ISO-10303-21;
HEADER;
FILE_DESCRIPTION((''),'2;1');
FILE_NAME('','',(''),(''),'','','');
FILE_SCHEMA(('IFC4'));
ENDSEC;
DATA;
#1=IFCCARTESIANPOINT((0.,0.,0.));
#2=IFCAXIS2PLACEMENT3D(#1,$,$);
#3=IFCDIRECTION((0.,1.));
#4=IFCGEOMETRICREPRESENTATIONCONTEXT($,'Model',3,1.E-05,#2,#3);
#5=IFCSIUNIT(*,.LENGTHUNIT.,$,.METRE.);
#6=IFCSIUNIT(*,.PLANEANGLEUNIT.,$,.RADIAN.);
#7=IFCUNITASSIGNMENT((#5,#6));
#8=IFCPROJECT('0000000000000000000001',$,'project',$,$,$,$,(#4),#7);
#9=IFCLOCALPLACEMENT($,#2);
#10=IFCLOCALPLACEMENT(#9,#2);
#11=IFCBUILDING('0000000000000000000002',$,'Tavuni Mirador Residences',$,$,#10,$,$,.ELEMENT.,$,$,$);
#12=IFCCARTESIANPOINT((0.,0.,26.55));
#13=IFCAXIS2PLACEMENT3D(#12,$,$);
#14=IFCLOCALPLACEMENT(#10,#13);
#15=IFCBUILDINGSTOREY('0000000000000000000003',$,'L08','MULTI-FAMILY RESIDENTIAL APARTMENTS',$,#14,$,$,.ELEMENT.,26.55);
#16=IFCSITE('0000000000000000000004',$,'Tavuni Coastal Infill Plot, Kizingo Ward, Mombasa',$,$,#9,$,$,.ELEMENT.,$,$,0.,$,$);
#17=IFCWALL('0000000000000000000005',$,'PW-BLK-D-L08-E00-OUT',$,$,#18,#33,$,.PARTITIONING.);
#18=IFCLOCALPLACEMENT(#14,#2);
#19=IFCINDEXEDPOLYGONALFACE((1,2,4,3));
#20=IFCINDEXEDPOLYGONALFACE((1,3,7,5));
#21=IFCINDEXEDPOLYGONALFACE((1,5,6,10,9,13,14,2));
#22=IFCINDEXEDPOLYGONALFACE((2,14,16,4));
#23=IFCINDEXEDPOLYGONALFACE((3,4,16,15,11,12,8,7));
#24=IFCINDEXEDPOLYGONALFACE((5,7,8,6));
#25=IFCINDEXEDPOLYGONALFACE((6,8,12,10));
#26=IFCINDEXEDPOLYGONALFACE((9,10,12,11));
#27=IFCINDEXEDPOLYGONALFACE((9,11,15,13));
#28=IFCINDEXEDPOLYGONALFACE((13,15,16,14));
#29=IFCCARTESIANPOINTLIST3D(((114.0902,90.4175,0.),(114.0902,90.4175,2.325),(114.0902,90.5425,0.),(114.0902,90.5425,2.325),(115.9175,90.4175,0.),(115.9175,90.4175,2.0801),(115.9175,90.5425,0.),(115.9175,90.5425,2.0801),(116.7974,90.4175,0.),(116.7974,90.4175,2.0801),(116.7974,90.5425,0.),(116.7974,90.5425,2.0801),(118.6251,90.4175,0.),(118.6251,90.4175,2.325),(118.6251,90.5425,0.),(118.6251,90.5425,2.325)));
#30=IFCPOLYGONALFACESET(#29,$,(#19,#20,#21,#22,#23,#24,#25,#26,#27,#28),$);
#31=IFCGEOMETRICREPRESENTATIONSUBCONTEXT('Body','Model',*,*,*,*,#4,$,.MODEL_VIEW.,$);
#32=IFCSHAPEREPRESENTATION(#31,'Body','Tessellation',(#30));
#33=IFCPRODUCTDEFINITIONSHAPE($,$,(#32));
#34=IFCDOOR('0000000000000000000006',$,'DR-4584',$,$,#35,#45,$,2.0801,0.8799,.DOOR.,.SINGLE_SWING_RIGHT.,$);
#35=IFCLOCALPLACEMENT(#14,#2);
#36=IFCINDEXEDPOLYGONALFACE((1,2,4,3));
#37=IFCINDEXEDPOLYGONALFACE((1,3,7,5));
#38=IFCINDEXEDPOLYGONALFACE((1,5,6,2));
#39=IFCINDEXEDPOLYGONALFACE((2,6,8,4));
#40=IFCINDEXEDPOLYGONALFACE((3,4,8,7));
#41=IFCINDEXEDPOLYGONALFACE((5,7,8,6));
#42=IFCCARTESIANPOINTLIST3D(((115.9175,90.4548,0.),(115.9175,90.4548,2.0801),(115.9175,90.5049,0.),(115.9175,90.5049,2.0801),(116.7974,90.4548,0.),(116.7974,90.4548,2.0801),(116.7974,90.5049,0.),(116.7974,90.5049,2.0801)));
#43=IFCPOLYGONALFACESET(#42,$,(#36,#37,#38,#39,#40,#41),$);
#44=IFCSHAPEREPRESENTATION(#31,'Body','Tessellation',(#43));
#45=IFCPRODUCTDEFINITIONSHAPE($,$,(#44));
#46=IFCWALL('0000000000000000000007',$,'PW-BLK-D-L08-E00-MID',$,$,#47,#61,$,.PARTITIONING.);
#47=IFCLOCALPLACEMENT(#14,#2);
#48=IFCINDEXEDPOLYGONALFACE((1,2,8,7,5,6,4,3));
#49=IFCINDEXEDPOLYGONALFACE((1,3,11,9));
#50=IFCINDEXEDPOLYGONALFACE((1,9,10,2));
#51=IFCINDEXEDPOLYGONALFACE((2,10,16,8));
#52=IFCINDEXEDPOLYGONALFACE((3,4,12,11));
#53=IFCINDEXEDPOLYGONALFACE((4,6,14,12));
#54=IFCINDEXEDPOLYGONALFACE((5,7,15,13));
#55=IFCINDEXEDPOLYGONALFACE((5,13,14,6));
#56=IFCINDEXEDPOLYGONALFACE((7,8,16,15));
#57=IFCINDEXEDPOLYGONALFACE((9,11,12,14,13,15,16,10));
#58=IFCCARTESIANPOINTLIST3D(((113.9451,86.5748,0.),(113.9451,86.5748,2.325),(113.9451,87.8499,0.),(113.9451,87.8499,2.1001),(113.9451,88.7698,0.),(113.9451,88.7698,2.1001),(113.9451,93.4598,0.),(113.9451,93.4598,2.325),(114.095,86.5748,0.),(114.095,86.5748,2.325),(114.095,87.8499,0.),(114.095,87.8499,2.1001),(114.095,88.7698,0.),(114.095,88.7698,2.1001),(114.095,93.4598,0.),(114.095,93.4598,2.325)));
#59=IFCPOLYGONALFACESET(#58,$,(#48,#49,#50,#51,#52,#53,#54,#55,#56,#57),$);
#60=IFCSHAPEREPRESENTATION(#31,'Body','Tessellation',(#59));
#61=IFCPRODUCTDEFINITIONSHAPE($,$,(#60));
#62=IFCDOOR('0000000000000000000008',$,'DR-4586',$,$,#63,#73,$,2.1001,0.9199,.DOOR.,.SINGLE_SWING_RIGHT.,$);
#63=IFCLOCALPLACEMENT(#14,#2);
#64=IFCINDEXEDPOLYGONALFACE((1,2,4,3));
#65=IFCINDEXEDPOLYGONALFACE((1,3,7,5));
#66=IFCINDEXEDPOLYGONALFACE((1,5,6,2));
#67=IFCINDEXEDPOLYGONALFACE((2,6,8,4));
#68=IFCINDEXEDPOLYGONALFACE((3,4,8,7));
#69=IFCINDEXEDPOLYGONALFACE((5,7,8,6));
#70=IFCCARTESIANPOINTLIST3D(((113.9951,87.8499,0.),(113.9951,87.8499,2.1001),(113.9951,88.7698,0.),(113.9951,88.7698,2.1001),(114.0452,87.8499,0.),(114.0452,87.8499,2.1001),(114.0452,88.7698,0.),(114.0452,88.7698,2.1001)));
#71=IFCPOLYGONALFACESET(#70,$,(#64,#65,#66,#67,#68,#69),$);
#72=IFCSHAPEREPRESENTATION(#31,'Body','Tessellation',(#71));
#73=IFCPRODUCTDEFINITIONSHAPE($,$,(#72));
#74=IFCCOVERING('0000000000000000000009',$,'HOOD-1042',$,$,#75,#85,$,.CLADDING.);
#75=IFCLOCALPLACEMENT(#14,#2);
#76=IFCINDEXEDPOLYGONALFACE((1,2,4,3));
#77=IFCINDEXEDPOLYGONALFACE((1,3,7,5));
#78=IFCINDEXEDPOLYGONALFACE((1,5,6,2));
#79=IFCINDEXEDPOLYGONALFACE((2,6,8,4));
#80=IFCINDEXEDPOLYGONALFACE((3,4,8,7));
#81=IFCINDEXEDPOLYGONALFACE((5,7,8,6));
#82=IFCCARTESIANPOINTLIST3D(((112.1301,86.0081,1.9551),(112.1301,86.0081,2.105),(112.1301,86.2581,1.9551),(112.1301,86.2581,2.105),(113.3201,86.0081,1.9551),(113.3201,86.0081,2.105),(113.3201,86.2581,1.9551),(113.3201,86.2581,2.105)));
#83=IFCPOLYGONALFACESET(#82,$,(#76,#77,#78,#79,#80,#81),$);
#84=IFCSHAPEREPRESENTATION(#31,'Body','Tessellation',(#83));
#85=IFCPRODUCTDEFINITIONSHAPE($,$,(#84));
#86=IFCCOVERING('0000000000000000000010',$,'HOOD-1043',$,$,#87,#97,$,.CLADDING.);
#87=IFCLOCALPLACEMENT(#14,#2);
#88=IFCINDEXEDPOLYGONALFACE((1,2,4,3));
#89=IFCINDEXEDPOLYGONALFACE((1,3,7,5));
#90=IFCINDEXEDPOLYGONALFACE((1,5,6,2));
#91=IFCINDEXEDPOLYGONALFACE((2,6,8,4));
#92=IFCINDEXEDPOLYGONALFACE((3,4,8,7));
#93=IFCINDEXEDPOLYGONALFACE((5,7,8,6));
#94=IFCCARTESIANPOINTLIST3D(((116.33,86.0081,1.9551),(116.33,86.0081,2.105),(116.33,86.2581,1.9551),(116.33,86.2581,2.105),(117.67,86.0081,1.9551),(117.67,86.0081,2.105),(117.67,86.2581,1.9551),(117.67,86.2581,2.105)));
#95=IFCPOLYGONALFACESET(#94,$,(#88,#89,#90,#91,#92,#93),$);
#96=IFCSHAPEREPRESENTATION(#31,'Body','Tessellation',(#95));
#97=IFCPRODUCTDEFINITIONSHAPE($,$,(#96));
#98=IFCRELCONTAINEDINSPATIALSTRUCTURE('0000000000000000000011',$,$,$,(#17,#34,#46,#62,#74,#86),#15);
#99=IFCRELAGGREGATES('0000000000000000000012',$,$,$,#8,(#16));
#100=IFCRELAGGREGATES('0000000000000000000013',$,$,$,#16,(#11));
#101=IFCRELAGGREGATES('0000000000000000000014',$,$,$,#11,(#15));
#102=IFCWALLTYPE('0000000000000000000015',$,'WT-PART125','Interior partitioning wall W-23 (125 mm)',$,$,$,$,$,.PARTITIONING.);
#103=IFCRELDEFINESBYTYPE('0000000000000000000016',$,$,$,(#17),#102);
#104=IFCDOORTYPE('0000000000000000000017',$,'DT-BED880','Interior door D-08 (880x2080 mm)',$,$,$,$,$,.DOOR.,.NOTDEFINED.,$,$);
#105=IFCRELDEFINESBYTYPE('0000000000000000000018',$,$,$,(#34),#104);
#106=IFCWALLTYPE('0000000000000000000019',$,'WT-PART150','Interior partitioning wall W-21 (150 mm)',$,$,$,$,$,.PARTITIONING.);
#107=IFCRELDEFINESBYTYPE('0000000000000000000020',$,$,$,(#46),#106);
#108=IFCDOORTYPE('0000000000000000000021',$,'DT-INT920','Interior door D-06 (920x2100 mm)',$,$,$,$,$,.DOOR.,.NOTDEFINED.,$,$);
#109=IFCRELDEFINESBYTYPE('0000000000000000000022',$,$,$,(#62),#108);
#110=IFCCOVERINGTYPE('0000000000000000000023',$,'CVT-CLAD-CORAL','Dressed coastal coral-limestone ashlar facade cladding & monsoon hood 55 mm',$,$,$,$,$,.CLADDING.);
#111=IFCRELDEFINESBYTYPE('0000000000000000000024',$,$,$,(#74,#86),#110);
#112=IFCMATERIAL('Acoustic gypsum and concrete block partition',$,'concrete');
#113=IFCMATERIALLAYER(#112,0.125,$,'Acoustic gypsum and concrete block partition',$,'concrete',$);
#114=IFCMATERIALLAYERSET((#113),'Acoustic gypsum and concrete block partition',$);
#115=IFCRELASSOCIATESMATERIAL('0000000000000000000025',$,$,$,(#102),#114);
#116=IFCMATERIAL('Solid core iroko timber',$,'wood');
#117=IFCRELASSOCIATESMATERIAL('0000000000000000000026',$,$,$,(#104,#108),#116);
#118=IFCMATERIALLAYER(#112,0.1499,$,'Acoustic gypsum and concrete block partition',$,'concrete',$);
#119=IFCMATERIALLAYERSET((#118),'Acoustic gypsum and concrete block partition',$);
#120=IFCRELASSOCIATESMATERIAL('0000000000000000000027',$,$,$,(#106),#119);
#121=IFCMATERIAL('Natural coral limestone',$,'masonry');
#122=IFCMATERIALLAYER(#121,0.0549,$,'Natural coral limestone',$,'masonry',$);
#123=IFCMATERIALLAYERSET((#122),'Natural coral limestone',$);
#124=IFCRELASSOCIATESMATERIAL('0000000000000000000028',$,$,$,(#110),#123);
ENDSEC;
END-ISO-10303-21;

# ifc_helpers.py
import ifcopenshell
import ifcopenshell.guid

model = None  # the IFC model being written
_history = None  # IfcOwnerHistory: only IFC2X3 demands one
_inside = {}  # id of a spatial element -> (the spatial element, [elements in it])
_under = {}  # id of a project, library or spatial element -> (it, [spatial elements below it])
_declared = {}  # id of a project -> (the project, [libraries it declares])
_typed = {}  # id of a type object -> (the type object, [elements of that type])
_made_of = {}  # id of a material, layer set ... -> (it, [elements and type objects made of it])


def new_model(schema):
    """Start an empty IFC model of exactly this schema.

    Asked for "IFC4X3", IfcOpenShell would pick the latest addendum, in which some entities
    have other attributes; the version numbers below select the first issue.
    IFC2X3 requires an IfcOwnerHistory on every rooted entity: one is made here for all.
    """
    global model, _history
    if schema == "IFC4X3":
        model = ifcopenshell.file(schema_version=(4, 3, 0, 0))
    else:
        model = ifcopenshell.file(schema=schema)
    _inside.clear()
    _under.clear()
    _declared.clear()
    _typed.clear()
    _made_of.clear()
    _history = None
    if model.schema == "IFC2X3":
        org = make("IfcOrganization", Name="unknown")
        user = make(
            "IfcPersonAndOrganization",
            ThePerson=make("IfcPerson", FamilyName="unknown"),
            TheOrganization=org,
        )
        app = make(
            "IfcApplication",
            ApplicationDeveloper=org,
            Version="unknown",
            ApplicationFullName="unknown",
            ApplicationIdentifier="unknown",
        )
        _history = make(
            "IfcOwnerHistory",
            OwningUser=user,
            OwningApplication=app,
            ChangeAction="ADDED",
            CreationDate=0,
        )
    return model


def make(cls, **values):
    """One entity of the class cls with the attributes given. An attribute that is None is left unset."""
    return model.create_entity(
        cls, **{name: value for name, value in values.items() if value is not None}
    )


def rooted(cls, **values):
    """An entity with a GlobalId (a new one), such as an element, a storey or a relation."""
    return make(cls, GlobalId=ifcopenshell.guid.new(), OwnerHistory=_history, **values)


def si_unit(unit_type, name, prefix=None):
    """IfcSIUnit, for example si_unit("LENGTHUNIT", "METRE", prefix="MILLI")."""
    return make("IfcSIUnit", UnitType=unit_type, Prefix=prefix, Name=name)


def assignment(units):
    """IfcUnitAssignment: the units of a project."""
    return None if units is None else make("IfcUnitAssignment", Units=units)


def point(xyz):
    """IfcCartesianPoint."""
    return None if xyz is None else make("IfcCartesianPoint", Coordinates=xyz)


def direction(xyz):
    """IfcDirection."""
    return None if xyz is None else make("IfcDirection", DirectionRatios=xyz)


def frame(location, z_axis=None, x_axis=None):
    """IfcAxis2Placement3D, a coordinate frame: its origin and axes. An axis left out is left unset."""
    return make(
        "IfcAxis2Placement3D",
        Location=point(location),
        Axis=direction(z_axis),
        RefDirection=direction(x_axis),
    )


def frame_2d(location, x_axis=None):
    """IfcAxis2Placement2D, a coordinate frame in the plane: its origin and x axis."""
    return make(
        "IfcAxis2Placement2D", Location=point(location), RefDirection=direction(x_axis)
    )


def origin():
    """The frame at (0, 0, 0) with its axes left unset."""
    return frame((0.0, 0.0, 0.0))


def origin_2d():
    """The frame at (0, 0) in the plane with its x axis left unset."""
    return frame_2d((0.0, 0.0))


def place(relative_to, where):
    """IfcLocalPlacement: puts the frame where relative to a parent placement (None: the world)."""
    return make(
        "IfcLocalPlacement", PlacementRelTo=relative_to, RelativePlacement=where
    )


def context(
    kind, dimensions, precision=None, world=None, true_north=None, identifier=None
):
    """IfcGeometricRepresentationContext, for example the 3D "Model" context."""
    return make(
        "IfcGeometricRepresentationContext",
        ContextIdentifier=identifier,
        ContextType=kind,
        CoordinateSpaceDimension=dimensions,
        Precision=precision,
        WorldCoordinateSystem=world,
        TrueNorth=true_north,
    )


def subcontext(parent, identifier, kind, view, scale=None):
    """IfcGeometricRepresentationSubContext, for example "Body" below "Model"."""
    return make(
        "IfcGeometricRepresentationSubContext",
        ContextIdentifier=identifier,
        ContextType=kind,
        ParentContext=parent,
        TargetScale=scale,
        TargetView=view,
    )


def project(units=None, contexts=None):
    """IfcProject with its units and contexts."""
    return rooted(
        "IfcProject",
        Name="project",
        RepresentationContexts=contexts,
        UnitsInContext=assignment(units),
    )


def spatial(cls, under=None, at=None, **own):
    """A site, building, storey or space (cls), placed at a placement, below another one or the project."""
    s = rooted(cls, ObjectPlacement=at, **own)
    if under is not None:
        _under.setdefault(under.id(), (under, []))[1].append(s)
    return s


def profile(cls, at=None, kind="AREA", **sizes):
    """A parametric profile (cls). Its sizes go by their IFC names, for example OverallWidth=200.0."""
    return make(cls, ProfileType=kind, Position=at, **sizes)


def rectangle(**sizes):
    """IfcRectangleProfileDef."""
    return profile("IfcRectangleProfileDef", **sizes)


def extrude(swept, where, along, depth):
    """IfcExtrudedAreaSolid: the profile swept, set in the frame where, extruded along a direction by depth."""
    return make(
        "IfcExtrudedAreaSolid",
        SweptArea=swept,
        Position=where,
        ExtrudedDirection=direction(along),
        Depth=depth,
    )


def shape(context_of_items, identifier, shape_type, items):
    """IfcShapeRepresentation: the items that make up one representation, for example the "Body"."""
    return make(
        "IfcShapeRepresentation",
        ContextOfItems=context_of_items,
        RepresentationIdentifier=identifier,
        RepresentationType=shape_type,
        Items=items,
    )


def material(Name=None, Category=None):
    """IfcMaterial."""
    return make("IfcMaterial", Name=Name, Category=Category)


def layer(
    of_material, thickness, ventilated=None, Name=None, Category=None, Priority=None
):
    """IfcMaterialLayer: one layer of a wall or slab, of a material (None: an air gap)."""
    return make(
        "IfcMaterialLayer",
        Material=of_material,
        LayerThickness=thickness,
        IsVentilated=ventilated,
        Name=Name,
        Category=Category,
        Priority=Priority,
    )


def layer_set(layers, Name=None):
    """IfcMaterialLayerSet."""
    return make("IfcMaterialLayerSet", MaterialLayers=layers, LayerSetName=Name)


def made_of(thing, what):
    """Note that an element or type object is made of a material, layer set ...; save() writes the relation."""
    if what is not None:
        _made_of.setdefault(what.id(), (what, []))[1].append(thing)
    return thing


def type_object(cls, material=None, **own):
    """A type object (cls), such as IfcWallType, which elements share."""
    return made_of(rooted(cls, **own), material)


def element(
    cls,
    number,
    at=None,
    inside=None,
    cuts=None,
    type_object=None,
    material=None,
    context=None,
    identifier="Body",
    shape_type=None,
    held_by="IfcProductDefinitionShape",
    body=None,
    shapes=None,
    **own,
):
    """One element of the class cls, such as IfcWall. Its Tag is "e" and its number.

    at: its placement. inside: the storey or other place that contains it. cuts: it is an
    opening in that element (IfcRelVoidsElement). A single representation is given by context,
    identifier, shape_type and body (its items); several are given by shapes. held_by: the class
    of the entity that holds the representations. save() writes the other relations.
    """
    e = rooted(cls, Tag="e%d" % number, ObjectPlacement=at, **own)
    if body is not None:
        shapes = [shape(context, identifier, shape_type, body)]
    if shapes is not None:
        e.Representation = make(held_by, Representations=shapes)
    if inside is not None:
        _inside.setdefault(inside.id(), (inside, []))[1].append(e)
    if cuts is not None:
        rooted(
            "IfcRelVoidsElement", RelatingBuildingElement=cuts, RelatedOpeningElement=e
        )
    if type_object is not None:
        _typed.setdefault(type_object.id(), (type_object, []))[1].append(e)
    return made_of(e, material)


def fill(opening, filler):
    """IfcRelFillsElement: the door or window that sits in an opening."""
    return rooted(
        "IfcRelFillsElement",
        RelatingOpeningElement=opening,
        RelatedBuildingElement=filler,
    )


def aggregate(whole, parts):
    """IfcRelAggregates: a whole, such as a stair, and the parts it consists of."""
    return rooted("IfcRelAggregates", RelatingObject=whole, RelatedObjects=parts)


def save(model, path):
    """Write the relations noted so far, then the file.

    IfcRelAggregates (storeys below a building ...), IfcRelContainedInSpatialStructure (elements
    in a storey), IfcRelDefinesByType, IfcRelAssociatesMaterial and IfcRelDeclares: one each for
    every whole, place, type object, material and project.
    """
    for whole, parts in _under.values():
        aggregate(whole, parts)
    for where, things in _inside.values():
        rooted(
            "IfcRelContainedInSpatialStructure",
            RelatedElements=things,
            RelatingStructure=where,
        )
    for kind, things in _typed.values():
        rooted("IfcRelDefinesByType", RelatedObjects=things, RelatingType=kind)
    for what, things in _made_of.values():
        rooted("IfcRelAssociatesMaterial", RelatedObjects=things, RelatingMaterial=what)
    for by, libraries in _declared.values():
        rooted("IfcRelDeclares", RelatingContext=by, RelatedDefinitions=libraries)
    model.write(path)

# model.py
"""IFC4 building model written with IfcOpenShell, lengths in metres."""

from ifc_helpers import new_model, si_unit, direction, frame, frame_2d, origin, origin_2d, place, context, subcontext, project, spatial, rectangle, extrude, material, layer, layer_set, type_object, element, fill, save


model = new_model("IFC4")

# Units and contexts
model_context = context("Model", 3, precision=1e-05, world=origin(), true_north=direction((0.0, 1.0)))
body_context = subcontext(model_context, "Body", "Model", "MODEL_VIEW")
ifc_project = project(units=[si_unit("LENGTHUNIT", "METRE"), si_unit("PLANEANGLEUNIT", "RADIAN")], contexts=[model_context])

# Site, building, storey
site_placement = place(None, origin())
site = spatial("IfcSite", under=ifc_project, at=site_placement, Name="Tavuni Coastal Infill Plot, Kizingo Ward, Mombasa", CompositionType="ELEMENT", RefElevation=0.0)
building_placement = place(site_placement, origin())
building = spatial("IfcBuilding", under=site, at=building_placement, Name="Tavuni Mirador Residences", CompositionType="ELEMENT")
storey_placement = place(building_placement, frame((0.0, 0.0, 26.55)))
storey = spatial("IfcBuildingStorey", under=building, at=storey_placement, Name="L08", Description="MULTI-FAMILY RESIDENTIAL APARTMENTS", CompositionType="ELEMENT", Elevation=26.55)

# Walls, openings, doors
ifc_material_1 = material(Name="Acoustic gypsum and concrete block partition", Category="concrete")
ifc_layer_1 = layer(ifc_material_1, 0.125, Name="Acoustic gypsum and concrete block partition", Category="concrete")
ifc_layer_set_1 = layer_set([ifc_layer_1], Name="Acoustic gypsum and concrete block partition")
wall_type_1 = type_object("IfcWallType", Name="WT-PART125", Description="Interior partitioning wall W-23 (125 mm)", PredefinedType="PARTITIONING", material=ifc_layer_set_1)
wall_1_placement = place(storey_placement, frame((114.0901, 90.48, 0.0), z_axis=(0.0, 0.0, 1.0), x_axis=(1.0, 0.0, 0.0)))
wall_1 = element("IfcWall", 1, at=wall_1_placement, inside=storey, type_object=wall_type_1, Name="PW-BLK-D-L08-E00-OUT", PredefinedType="PARTITIONING", context=body_context, shape_type="SweptSolid", body=[
    extrude(rectangle(XDim=4.5349, YDim=0.125, at=frame_2d((2.2676, 0.0))), origin(), (0.0, 0.0, 1.0), 2.325),
])
opening_1_placement = place(wall_1_placement, frame((1.8274, 0.0, 0.0)))
opening_1 = element("IfcOpeningElement", 2, at=opening_1_placement, cuts=wall_1, PredefinedType="OPENING", context=body_context, shape_type="SweptSolid", body=[
    extrude(rectangle(XDim=0.8799, YDim=2.0801, at=frame_2d((0.4399, 1.04))), frame((0.0, 0.0725, 0.0), z_axis=(0.0, -1.0, 0.0), x_axis=(1.0, 0.0, 0.0)), (0.0, 0.0, 1.0), 0.145),
])
ifc_material_2 = material(Name="Solid core iroko timber", Category="wood")
door_type_1 = type_object("IfcDoorType", Name="DT-BED880", Description="Interior door D-08 (880x2080 mm)", OperationType="NOTDEFINED", PredefinedType="DOOR", material=ifc_material_2)
door_1_placement = place(opening_1_placement, origin())
door_1 = element("IfcDoor", 3, at=door_1_placement, inside=storey, type_object=door_type_1, Name="DR-4584", OperationType="SINGLE_SWING_RIGHT", OverallHeight=2.0801, OverallWidth=0.8799, PredefinedType="DOOR", context=body_context, shape_type="SweptSolid", body=[
    extrude(rectangle(XDim=0.8799, YDim=2.0801, at=frame_2d((0.4399, 1.04))), frame((0.0, 0.0249, 0.0), z_axis=(0.0, -1.0, 0.0), x_axis=(1.0, 0.0, 0.0)), (0.0, 0.0, 1.0), 0.05),
])
fill(opening_1, door_1)
ifc_layer_2 = layer(ifc_material_1, 0.1499, Name="Acoustic gypsum and concrete block partition", Category="concrete")
ifc_layer_set_2 = layer_set([ifc_layer_2], Name="Acoustic gypsum and concrete block partition")
wall_type_2 = type_object("IfcWallType", Name="WT-PART150", Description="Interior partitioning wall W-21 (150 mm)", PredefinedType="PARTITIONING", material=ifc_layer_set_2)
wall_2_placement = place(storey_placement, frame((114.02, 86.575, 0.0), z_axis=(0.0, 0.0, 1.0), x_axis=(0.0, 1.0, 0.0)))
wall_2 = element("IfcWall", 4, at=wall_2_placement, inside=storey, type_object=wall_type_2, Name="PW-BLK-D-L08-E00-MID", PredefinedType="PARTITIONING", context=body_context, shape_type="SweptSolid", body=[
    extrude(rectangle(XDim=6.885, YDim=0.1499, at=frame_2d((3.4424, 0.0))), origin(), (0.0, 0.0, 1.0), 2.325),
])
opening_2_placement = place(wall_2_placement, frame((1.2749, 0.0, 0.0)))
opening_2 = element("IfcOpeningElement", 5, at=opening_2_placement, cuts=wall_2, PredefinedType="OPENING", context=body_context, shape_type="SweptSolid", body=[
    extrude(rectangle(XDim=0.9199, YDim=2.1001, at=frame_2d((0.46, 1.05))), frame((0.0, 0.085, 0.0), z_axis=(0.0, -1.0, 0.0), x_axis=(1.0, 0.0, 0.0)), (0.0, 0.0, 1.0), 0.1699),
])
door_type_2 = type_object("IfcDoorType", Name="DT-INT920", Description="Interior door D-06 (920x2100 mm)", OperationType="NOTDEFINED", PredefinedType="DOOR", material=ifc_material_2)
door_2_placement = place(opening_2_placement, origin())
door_2 = element("IfcDoor", 6, at=door_2_placement, inside=storey, type_object=door_type_2, Name="DR-4586", OperationType="SINGLE_SWING_RIGHT", OverallHeight=2.1001, OverallWidth=0.9199, PredefinedType="DOOR", context=body_context, shape_type="SweptSolid", body=[
    extrude(rectangle(XDim=0.9199, YDim=2.1001, at=frame_2d((0.46, 1.05))), frame((0.0, 0.0249, 0.0), z_axis=(0.0, -1.0, 0.0), x_axis=(1.0, 0.0, 0.0)), (0.0, 0.0, 1.0), 0.05),
])
fill(opening_2, door_2)

# Coverings
ifc_material_3 = material(Name="Natural coral limestone", Category="masonry")
ifc_layer_3 = layer(ifc_material_3, 0.0549, Name="Natural coral limestone", Category="masonry")
ifc_layer_set_3 = layer_set([ifc_layer_3], Name="Natural coral limestone")
covering_type = type_object("IfcCoveringType", Name="CVT-CLAD-CORAL", Description="Dressed coastal coral-limestone ashlar facade cladding & monsoon hood 55 mm", PredefinedType="CLADDING", material=ifc_layer_set_3)
covering_1_placement = place(storey_placement, frame((112.7251, 86.1331, 1.9551), z_axis=(0.0, 0.0, 1.0), x_axis=(1.0, 0.0, 0.0)))
element("IfcCovering", 7, at=covering_1_placement, inside=storey, type_object=covering_type, Name="HOOD-1042", PredefinedType="CLADDING", context=body_context, shape_type="SweptSolid", body=[
    extrude(rectangle(XDim=1.1899, YDim=0.25, at=origin_2d()), origin(), (0.0, 0.0, 1.0), 0.1499),
])
covering_2_placement = place(storey_placement, frame((117.0, 86.1331, 1.9551), z_axis=(0.0, 0.0, 1.0), x_axis=(1.0, 0.0, 0.0)))
element("IfcCovering", 8, at=covering_2_placement, inside=storey, type_object=covering_type, Name="HOOD-1043", PredefinedType="CLADDING", context=body_context, shape_type="SweptSolid", body=[
    extrude(rectangle(XDim=1.3401, YDim=0.25, at=origin_2d()), origin(), (0.0, 0.0, 1.0), 0.1499),
])

save(model, "model.ifc")
